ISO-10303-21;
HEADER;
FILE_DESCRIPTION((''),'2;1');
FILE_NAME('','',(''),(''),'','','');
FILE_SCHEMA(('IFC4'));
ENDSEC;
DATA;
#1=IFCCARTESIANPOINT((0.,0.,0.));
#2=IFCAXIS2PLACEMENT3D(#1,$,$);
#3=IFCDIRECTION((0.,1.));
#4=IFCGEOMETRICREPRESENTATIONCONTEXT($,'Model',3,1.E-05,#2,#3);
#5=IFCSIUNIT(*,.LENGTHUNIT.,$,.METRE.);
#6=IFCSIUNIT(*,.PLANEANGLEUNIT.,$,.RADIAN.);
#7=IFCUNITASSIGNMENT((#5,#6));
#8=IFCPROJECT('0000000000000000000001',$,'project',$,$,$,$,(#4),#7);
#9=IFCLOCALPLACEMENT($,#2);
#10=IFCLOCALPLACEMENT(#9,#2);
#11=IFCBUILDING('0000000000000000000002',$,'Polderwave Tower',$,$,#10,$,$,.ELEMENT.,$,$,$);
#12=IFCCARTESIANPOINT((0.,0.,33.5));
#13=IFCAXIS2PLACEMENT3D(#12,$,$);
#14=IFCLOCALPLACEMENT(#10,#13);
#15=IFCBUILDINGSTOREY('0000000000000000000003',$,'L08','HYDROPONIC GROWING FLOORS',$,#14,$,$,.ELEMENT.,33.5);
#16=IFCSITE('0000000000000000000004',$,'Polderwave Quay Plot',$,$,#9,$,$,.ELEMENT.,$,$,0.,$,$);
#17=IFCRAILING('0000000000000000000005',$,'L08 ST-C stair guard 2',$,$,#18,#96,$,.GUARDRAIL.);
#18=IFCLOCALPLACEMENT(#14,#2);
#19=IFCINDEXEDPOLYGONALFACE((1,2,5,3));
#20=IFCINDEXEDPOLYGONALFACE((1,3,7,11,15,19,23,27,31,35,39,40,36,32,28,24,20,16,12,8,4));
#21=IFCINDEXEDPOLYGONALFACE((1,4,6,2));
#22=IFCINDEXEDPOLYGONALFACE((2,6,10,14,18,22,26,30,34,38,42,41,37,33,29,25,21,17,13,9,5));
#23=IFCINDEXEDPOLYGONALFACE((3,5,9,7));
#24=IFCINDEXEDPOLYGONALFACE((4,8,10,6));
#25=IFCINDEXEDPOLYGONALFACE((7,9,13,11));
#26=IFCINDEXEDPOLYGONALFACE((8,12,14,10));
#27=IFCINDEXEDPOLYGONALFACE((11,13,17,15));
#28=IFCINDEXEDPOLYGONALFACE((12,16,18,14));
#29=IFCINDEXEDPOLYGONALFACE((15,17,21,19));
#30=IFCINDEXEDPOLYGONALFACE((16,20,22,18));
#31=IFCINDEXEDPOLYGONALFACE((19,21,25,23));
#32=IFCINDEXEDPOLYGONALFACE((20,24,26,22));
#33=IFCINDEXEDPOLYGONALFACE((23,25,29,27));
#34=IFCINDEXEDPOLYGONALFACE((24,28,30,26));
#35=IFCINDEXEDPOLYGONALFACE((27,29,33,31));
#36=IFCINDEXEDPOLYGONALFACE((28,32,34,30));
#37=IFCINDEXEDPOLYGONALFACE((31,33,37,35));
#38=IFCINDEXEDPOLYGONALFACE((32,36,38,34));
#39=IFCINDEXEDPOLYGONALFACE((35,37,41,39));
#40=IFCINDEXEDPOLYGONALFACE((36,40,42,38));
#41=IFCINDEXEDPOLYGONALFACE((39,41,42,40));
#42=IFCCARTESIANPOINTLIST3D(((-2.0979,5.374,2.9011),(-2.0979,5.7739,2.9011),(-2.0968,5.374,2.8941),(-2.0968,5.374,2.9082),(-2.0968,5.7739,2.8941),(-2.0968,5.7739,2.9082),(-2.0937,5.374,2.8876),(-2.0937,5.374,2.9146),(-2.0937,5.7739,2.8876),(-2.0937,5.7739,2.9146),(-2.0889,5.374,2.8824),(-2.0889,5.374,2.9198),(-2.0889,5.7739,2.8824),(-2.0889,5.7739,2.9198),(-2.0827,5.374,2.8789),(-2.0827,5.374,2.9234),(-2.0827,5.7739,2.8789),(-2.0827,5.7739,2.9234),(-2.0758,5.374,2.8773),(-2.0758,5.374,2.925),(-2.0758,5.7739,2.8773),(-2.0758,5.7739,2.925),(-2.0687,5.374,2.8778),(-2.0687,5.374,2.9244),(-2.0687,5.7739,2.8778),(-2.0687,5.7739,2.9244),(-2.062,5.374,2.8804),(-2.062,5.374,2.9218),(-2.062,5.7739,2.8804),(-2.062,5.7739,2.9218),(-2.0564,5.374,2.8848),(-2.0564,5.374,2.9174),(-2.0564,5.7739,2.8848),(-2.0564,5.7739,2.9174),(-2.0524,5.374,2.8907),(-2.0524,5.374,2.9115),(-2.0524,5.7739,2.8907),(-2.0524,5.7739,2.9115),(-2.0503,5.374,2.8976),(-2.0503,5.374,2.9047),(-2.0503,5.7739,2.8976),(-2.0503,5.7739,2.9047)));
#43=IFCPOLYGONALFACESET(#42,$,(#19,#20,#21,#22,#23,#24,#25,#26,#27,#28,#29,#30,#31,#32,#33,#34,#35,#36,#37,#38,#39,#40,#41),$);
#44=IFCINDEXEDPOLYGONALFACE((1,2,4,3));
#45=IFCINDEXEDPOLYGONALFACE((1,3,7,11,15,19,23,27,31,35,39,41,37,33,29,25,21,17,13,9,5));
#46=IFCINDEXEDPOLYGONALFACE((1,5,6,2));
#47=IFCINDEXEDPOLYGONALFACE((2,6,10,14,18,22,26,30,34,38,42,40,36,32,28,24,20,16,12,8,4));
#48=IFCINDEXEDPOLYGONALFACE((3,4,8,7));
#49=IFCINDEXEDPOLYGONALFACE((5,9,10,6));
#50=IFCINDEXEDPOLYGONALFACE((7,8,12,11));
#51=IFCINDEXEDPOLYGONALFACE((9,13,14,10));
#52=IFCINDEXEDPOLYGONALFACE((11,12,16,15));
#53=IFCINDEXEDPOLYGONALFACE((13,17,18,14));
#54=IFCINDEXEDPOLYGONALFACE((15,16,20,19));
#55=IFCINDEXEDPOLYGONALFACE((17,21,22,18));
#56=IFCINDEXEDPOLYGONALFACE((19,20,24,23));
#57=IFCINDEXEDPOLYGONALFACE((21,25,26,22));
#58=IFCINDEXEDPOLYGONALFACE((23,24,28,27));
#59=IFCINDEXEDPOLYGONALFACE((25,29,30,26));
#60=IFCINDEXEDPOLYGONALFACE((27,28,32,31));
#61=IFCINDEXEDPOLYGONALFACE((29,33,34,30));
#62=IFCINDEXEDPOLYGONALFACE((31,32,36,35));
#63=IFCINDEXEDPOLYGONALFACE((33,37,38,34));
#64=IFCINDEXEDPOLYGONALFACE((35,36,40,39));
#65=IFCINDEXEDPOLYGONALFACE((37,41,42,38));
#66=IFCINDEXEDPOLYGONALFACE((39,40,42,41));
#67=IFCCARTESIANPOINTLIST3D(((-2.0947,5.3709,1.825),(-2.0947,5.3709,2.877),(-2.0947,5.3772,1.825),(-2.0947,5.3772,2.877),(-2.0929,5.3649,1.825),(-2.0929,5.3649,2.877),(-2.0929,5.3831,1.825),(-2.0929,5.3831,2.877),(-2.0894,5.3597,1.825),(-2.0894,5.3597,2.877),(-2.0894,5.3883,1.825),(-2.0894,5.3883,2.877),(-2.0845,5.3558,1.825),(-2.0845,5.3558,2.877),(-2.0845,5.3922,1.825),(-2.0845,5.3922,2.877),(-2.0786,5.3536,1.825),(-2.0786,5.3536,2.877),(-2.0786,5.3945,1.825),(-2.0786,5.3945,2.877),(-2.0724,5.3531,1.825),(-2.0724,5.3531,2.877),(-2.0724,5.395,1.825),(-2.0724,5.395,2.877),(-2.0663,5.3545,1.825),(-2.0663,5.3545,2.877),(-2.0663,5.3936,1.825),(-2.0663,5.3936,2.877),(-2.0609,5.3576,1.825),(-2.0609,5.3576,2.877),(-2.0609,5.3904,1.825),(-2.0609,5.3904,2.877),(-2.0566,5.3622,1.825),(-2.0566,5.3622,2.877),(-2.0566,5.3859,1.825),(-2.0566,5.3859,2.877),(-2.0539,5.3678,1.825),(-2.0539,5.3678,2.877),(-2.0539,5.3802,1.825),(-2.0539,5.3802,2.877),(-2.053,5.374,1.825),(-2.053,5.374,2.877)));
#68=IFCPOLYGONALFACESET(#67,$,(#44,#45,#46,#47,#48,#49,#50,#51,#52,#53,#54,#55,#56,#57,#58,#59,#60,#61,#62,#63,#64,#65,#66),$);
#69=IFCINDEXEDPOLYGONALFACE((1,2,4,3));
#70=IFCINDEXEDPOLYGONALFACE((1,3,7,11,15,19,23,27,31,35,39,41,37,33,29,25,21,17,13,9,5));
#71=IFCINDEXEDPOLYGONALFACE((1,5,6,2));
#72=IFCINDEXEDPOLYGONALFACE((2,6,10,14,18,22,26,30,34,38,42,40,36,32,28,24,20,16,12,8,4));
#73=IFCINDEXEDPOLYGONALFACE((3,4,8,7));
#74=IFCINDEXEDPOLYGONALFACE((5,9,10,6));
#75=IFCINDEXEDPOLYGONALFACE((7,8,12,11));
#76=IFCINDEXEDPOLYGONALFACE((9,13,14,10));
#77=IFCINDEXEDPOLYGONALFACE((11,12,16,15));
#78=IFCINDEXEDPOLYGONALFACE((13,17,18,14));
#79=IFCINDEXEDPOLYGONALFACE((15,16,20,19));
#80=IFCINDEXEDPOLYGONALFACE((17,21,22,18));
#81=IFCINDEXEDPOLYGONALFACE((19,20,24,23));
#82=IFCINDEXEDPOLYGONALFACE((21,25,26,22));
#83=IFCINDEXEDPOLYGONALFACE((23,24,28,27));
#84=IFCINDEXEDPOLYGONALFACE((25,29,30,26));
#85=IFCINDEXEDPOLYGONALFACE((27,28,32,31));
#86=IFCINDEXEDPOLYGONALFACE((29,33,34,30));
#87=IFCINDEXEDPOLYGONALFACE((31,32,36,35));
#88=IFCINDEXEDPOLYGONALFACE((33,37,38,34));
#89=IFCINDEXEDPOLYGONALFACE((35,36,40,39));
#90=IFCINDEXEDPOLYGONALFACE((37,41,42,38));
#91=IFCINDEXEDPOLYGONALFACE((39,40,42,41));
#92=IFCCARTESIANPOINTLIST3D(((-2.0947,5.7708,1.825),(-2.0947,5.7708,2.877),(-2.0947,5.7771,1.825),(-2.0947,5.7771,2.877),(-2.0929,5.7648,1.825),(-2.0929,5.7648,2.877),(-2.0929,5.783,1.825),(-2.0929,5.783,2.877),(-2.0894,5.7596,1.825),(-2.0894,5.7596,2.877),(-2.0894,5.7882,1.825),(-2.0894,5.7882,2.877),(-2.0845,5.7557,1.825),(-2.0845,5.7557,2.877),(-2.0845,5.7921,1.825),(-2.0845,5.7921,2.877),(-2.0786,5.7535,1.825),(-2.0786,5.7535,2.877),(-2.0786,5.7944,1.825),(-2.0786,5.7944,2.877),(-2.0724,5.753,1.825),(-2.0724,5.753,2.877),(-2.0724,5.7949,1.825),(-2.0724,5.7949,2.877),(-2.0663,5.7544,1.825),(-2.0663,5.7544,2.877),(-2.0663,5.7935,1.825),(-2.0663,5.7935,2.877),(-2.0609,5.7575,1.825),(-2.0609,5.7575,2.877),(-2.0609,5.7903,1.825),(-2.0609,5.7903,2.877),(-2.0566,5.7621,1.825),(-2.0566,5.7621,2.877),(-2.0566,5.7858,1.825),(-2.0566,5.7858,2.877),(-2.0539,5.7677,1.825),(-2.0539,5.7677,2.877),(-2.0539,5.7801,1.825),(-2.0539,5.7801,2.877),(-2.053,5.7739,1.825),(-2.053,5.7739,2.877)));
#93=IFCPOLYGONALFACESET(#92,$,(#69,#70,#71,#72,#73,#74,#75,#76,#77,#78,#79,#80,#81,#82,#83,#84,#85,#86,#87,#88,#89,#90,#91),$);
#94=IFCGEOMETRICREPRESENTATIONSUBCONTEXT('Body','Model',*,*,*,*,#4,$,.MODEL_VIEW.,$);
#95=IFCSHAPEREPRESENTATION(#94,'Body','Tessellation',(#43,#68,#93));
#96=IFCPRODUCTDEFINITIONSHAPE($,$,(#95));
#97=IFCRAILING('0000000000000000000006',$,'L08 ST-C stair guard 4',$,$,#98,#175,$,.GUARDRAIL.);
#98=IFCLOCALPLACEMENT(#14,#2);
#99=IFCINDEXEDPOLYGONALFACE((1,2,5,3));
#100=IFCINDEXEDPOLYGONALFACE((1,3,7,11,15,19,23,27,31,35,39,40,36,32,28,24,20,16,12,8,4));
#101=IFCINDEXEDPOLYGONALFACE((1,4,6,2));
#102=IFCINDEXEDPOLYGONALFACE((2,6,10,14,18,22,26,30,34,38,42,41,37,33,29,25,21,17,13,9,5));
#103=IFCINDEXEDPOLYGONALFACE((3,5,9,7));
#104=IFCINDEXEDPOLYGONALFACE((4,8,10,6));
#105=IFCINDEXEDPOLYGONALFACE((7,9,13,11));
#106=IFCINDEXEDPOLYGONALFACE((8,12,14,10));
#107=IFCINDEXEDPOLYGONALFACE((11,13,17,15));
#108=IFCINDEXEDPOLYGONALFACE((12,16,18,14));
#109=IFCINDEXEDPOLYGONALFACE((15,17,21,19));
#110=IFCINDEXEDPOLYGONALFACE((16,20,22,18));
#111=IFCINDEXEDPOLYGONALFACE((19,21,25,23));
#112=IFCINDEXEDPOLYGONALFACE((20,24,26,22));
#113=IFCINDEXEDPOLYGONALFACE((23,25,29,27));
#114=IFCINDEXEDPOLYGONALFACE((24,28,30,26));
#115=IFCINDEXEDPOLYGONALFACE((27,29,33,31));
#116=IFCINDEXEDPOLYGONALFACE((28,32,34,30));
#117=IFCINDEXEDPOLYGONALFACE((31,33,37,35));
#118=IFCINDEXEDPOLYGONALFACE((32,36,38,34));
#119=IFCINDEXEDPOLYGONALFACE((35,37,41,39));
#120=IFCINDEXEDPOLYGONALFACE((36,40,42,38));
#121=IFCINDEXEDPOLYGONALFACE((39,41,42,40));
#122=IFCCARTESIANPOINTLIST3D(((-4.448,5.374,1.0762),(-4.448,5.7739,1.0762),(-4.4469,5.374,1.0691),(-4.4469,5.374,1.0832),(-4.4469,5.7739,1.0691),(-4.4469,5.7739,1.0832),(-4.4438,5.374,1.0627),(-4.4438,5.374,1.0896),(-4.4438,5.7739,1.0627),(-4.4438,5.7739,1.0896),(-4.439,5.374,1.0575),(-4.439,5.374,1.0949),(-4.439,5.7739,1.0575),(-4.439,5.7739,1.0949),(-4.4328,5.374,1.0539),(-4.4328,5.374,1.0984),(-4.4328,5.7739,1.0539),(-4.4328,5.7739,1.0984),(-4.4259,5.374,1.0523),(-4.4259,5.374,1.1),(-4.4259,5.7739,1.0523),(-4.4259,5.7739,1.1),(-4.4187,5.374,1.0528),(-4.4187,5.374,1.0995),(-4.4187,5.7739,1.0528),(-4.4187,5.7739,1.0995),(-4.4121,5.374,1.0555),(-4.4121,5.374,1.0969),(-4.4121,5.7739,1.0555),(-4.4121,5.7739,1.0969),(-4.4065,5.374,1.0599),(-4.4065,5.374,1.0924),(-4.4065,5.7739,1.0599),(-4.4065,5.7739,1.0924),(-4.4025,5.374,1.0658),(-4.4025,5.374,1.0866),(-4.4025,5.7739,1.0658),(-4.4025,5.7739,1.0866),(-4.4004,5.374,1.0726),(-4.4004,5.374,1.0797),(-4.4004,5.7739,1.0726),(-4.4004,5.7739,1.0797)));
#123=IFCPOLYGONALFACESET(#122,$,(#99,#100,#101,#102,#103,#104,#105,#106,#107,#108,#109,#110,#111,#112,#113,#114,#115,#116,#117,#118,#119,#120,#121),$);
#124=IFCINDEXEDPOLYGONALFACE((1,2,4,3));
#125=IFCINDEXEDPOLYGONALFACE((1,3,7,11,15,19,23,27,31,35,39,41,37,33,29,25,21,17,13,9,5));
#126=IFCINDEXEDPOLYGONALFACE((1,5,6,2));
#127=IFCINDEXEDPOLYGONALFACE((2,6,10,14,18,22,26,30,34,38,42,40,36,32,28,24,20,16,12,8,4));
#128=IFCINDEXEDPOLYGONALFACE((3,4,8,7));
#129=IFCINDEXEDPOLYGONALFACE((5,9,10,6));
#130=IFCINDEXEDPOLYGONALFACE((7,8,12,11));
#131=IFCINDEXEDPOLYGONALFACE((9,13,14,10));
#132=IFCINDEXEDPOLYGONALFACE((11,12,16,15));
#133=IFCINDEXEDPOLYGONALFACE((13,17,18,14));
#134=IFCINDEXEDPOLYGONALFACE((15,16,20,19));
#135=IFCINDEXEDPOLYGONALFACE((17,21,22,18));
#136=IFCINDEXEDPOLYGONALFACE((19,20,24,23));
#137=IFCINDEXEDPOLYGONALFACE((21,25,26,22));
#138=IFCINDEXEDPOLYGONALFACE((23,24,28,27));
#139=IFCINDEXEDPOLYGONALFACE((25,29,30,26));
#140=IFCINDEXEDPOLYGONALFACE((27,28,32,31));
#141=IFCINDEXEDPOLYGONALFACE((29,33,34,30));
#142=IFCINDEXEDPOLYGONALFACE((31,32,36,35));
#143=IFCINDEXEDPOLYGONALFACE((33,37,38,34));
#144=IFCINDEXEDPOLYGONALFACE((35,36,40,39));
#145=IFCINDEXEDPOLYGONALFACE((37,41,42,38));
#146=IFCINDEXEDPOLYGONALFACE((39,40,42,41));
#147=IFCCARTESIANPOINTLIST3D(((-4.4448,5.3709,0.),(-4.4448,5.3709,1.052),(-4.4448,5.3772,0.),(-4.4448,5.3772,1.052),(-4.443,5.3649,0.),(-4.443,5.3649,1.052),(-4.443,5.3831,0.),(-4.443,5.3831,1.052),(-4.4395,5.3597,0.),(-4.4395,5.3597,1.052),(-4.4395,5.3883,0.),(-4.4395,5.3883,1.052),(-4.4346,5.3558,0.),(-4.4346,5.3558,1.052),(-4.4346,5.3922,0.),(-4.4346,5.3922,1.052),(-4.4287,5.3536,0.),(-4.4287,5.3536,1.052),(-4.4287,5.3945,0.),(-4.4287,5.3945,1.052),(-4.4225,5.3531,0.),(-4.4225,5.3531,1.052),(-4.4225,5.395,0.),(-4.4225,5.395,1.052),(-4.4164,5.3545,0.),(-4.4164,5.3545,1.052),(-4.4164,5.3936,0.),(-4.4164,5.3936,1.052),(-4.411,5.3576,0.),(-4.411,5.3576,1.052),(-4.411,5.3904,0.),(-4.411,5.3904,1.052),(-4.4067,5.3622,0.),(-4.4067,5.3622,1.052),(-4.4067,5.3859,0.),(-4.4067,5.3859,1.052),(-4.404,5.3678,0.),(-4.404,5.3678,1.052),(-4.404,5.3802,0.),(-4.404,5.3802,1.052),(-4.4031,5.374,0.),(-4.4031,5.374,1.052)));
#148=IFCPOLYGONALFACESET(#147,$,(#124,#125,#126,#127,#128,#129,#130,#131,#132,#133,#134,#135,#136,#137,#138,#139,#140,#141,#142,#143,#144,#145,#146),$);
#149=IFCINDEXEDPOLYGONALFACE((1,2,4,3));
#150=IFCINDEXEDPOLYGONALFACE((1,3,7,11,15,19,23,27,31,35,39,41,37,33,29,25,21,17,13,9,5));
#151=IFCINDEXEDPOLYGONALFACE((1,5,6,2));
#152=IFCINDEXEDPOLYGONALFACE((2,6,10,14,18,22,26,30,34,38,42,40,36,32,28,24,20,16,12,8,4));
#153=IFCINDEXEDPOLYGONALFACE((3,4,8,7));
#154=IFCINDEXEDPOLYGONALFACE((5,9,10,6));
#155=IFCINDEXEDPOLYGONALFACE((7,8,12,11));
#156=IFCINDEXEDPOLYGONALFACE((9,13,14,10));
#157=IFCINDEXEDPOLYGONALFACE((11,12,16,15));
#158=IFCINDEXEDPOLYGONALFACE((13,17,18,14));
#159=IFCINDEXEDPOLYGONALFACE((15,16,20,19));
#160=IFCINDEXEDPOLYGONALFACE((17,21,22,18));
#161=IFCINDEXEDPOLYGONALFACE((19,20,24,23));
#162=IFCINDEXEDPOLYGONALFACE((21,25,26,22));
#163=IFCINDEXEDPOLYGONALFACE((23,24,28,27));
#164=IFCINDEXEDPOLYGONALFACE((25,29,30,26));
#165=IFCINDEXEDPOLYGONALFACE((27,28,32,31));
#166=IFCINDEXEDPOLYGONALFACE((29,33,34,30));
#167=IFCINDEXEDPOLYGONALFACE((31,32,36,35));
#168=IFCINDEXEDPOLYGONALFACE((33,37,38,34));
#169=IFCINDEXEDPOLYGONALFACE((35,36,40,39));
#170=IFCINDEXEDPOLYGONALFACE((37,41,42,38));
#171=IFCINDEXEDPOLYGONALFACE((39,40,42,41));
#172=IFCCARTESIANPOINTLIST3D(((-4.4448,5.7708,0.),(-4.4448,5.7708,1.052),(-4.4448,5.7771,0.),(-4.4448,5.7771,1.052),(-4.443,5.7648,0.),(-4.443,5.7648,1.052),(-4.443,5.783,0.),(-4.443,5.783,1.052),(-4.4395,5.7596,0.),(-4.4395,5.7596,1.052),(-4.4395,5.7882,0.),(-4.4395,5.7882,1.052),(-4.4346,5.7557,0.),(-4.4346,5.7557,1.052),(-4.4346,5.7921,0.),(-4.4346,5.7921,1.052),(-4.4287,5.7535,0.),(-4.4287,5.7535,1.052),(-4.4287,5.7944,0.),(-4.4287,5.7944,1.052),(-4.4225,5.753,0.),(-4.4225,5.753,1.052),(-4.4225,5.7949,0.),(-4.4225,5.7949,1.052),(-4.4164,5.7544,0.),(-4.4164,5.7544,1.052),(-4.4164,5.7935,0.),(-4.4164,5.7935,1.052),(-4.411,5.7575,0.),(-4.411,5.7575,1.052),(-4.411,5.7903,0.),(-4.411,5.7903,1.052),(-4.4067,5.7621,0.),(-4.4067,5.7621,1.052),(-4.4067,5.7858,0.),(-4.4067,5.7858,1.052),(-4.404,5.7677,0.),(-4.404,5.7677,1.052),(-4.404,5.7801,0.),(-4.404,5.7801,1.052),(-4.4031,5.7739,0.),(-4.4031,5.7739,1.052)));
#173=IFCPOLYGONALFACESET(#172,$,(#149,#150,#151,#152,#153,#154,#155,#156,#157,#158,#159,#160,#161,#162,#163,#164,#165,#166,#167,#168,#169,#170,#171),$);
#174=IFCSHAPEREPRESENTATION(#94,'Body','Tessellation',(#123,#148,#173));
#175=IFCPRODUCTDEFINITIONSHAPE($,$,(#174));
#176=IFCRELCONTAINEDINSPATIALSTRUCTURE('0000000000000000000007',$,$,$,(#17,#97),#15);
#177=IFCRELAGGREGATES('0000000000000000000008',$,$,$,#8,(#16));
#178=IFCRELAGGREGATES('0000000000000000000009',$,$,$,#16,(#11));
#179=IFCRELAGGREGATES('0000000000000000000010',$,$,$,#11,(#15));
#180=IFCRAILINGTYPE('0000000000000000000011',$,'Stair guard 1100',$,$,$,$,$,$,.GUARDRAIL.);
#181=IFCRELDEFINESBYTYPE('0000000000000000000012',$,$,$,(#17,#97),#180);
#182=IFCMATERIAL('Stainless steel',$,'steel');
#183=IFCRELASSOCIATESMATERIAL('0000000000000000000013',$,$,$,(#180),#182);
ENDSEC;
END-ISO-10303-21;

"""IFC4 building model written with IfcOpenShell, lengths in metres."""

from ifc_helpers import new_model, si_unit, direction, frame, origin, origin_2d, place, context, subcontext, project, spatial, circle, extrude, material, type_object, element, save


model = new_model("IFC4")

# Units and contexts
model_context = context("Model", 3, precision=1e-05, world=origin(), true_north=direction((0.0, 1.0)))
body_context = subcontext(model_context, "Body", "Model", "MODEL_VIEW")
ifc_project = project(units=[si_unit("LENGTHUNIT", "METRE"), si_unit("PLANEANGLEUNIT", "RADIAN")], contexts=[model_context])

# Site, building, storey
site_placement = place(None, origin())
site = spatial("IfcSite", under=ifc_project, at=site_placement, Name="Polderwave Quay Plot", CompositionType="ELEMENT", RefElevation=0.0)
building_placement = place(site_placement, origin())
building = spatial("IfcBuilding", under=site, at=building_placement, Name="Polderwave Tower", CompositionType="ELEMENT")
storey_placement = place(building_placement, frame((0.0, 0.0, 33.5)))
storey = spatial("IfcBuildingStorey", under=building, at=storey_placement, Name="L08", Description="HYDROPONIC GROWING FLOORS", CompositionType="ELEMENT", Elevation=33.5)

# Railings
ifc_material_1 = material(Name="Stainless steel", Category="steel")
railing_type_1 = type_object("IfcRailingType", Name="Stair guard 1100", PredefinedType="GUARDRAIL", material=ifc_material_1)
for number, where, name in (
    (1, (-2.074, 5.374, 1.825), "L08 ST-C stair guard 2"),
    (2, (-4.4241, 5.374, 0.0), "L08 ST-C stair guard 4"),
):
    element("IfcRailing", number, at=place(storey_placement, frame(where)), inside=storey, type_object=railing_type_1, Name=name, PredefinedType="GUARDRAIL", context=body_context, shape_type="SweptSolid", body=[
        extrude(circle(Radius=0.0239, at=origin_2d()), frame((0.0, 0.0, 1.0762), z_axis=(0.0, 1.0, 0.0), x_axis=(-1.0, 0.0, 0.0)), (0.0, 0.0, 1.0), 0.3999),
        extrude(circle(Radius=0.021, at=origin_2d()), origin(), (0.0, 0.0, 1.0), 1.052),
        extrude(circle(Radius=0.021, at=origin_2d()), frame((0.0, 0.3999, 0.0)), (0.0, 0.0, 1.0), 1.052),
    ])

save(model, "model.ifc")
